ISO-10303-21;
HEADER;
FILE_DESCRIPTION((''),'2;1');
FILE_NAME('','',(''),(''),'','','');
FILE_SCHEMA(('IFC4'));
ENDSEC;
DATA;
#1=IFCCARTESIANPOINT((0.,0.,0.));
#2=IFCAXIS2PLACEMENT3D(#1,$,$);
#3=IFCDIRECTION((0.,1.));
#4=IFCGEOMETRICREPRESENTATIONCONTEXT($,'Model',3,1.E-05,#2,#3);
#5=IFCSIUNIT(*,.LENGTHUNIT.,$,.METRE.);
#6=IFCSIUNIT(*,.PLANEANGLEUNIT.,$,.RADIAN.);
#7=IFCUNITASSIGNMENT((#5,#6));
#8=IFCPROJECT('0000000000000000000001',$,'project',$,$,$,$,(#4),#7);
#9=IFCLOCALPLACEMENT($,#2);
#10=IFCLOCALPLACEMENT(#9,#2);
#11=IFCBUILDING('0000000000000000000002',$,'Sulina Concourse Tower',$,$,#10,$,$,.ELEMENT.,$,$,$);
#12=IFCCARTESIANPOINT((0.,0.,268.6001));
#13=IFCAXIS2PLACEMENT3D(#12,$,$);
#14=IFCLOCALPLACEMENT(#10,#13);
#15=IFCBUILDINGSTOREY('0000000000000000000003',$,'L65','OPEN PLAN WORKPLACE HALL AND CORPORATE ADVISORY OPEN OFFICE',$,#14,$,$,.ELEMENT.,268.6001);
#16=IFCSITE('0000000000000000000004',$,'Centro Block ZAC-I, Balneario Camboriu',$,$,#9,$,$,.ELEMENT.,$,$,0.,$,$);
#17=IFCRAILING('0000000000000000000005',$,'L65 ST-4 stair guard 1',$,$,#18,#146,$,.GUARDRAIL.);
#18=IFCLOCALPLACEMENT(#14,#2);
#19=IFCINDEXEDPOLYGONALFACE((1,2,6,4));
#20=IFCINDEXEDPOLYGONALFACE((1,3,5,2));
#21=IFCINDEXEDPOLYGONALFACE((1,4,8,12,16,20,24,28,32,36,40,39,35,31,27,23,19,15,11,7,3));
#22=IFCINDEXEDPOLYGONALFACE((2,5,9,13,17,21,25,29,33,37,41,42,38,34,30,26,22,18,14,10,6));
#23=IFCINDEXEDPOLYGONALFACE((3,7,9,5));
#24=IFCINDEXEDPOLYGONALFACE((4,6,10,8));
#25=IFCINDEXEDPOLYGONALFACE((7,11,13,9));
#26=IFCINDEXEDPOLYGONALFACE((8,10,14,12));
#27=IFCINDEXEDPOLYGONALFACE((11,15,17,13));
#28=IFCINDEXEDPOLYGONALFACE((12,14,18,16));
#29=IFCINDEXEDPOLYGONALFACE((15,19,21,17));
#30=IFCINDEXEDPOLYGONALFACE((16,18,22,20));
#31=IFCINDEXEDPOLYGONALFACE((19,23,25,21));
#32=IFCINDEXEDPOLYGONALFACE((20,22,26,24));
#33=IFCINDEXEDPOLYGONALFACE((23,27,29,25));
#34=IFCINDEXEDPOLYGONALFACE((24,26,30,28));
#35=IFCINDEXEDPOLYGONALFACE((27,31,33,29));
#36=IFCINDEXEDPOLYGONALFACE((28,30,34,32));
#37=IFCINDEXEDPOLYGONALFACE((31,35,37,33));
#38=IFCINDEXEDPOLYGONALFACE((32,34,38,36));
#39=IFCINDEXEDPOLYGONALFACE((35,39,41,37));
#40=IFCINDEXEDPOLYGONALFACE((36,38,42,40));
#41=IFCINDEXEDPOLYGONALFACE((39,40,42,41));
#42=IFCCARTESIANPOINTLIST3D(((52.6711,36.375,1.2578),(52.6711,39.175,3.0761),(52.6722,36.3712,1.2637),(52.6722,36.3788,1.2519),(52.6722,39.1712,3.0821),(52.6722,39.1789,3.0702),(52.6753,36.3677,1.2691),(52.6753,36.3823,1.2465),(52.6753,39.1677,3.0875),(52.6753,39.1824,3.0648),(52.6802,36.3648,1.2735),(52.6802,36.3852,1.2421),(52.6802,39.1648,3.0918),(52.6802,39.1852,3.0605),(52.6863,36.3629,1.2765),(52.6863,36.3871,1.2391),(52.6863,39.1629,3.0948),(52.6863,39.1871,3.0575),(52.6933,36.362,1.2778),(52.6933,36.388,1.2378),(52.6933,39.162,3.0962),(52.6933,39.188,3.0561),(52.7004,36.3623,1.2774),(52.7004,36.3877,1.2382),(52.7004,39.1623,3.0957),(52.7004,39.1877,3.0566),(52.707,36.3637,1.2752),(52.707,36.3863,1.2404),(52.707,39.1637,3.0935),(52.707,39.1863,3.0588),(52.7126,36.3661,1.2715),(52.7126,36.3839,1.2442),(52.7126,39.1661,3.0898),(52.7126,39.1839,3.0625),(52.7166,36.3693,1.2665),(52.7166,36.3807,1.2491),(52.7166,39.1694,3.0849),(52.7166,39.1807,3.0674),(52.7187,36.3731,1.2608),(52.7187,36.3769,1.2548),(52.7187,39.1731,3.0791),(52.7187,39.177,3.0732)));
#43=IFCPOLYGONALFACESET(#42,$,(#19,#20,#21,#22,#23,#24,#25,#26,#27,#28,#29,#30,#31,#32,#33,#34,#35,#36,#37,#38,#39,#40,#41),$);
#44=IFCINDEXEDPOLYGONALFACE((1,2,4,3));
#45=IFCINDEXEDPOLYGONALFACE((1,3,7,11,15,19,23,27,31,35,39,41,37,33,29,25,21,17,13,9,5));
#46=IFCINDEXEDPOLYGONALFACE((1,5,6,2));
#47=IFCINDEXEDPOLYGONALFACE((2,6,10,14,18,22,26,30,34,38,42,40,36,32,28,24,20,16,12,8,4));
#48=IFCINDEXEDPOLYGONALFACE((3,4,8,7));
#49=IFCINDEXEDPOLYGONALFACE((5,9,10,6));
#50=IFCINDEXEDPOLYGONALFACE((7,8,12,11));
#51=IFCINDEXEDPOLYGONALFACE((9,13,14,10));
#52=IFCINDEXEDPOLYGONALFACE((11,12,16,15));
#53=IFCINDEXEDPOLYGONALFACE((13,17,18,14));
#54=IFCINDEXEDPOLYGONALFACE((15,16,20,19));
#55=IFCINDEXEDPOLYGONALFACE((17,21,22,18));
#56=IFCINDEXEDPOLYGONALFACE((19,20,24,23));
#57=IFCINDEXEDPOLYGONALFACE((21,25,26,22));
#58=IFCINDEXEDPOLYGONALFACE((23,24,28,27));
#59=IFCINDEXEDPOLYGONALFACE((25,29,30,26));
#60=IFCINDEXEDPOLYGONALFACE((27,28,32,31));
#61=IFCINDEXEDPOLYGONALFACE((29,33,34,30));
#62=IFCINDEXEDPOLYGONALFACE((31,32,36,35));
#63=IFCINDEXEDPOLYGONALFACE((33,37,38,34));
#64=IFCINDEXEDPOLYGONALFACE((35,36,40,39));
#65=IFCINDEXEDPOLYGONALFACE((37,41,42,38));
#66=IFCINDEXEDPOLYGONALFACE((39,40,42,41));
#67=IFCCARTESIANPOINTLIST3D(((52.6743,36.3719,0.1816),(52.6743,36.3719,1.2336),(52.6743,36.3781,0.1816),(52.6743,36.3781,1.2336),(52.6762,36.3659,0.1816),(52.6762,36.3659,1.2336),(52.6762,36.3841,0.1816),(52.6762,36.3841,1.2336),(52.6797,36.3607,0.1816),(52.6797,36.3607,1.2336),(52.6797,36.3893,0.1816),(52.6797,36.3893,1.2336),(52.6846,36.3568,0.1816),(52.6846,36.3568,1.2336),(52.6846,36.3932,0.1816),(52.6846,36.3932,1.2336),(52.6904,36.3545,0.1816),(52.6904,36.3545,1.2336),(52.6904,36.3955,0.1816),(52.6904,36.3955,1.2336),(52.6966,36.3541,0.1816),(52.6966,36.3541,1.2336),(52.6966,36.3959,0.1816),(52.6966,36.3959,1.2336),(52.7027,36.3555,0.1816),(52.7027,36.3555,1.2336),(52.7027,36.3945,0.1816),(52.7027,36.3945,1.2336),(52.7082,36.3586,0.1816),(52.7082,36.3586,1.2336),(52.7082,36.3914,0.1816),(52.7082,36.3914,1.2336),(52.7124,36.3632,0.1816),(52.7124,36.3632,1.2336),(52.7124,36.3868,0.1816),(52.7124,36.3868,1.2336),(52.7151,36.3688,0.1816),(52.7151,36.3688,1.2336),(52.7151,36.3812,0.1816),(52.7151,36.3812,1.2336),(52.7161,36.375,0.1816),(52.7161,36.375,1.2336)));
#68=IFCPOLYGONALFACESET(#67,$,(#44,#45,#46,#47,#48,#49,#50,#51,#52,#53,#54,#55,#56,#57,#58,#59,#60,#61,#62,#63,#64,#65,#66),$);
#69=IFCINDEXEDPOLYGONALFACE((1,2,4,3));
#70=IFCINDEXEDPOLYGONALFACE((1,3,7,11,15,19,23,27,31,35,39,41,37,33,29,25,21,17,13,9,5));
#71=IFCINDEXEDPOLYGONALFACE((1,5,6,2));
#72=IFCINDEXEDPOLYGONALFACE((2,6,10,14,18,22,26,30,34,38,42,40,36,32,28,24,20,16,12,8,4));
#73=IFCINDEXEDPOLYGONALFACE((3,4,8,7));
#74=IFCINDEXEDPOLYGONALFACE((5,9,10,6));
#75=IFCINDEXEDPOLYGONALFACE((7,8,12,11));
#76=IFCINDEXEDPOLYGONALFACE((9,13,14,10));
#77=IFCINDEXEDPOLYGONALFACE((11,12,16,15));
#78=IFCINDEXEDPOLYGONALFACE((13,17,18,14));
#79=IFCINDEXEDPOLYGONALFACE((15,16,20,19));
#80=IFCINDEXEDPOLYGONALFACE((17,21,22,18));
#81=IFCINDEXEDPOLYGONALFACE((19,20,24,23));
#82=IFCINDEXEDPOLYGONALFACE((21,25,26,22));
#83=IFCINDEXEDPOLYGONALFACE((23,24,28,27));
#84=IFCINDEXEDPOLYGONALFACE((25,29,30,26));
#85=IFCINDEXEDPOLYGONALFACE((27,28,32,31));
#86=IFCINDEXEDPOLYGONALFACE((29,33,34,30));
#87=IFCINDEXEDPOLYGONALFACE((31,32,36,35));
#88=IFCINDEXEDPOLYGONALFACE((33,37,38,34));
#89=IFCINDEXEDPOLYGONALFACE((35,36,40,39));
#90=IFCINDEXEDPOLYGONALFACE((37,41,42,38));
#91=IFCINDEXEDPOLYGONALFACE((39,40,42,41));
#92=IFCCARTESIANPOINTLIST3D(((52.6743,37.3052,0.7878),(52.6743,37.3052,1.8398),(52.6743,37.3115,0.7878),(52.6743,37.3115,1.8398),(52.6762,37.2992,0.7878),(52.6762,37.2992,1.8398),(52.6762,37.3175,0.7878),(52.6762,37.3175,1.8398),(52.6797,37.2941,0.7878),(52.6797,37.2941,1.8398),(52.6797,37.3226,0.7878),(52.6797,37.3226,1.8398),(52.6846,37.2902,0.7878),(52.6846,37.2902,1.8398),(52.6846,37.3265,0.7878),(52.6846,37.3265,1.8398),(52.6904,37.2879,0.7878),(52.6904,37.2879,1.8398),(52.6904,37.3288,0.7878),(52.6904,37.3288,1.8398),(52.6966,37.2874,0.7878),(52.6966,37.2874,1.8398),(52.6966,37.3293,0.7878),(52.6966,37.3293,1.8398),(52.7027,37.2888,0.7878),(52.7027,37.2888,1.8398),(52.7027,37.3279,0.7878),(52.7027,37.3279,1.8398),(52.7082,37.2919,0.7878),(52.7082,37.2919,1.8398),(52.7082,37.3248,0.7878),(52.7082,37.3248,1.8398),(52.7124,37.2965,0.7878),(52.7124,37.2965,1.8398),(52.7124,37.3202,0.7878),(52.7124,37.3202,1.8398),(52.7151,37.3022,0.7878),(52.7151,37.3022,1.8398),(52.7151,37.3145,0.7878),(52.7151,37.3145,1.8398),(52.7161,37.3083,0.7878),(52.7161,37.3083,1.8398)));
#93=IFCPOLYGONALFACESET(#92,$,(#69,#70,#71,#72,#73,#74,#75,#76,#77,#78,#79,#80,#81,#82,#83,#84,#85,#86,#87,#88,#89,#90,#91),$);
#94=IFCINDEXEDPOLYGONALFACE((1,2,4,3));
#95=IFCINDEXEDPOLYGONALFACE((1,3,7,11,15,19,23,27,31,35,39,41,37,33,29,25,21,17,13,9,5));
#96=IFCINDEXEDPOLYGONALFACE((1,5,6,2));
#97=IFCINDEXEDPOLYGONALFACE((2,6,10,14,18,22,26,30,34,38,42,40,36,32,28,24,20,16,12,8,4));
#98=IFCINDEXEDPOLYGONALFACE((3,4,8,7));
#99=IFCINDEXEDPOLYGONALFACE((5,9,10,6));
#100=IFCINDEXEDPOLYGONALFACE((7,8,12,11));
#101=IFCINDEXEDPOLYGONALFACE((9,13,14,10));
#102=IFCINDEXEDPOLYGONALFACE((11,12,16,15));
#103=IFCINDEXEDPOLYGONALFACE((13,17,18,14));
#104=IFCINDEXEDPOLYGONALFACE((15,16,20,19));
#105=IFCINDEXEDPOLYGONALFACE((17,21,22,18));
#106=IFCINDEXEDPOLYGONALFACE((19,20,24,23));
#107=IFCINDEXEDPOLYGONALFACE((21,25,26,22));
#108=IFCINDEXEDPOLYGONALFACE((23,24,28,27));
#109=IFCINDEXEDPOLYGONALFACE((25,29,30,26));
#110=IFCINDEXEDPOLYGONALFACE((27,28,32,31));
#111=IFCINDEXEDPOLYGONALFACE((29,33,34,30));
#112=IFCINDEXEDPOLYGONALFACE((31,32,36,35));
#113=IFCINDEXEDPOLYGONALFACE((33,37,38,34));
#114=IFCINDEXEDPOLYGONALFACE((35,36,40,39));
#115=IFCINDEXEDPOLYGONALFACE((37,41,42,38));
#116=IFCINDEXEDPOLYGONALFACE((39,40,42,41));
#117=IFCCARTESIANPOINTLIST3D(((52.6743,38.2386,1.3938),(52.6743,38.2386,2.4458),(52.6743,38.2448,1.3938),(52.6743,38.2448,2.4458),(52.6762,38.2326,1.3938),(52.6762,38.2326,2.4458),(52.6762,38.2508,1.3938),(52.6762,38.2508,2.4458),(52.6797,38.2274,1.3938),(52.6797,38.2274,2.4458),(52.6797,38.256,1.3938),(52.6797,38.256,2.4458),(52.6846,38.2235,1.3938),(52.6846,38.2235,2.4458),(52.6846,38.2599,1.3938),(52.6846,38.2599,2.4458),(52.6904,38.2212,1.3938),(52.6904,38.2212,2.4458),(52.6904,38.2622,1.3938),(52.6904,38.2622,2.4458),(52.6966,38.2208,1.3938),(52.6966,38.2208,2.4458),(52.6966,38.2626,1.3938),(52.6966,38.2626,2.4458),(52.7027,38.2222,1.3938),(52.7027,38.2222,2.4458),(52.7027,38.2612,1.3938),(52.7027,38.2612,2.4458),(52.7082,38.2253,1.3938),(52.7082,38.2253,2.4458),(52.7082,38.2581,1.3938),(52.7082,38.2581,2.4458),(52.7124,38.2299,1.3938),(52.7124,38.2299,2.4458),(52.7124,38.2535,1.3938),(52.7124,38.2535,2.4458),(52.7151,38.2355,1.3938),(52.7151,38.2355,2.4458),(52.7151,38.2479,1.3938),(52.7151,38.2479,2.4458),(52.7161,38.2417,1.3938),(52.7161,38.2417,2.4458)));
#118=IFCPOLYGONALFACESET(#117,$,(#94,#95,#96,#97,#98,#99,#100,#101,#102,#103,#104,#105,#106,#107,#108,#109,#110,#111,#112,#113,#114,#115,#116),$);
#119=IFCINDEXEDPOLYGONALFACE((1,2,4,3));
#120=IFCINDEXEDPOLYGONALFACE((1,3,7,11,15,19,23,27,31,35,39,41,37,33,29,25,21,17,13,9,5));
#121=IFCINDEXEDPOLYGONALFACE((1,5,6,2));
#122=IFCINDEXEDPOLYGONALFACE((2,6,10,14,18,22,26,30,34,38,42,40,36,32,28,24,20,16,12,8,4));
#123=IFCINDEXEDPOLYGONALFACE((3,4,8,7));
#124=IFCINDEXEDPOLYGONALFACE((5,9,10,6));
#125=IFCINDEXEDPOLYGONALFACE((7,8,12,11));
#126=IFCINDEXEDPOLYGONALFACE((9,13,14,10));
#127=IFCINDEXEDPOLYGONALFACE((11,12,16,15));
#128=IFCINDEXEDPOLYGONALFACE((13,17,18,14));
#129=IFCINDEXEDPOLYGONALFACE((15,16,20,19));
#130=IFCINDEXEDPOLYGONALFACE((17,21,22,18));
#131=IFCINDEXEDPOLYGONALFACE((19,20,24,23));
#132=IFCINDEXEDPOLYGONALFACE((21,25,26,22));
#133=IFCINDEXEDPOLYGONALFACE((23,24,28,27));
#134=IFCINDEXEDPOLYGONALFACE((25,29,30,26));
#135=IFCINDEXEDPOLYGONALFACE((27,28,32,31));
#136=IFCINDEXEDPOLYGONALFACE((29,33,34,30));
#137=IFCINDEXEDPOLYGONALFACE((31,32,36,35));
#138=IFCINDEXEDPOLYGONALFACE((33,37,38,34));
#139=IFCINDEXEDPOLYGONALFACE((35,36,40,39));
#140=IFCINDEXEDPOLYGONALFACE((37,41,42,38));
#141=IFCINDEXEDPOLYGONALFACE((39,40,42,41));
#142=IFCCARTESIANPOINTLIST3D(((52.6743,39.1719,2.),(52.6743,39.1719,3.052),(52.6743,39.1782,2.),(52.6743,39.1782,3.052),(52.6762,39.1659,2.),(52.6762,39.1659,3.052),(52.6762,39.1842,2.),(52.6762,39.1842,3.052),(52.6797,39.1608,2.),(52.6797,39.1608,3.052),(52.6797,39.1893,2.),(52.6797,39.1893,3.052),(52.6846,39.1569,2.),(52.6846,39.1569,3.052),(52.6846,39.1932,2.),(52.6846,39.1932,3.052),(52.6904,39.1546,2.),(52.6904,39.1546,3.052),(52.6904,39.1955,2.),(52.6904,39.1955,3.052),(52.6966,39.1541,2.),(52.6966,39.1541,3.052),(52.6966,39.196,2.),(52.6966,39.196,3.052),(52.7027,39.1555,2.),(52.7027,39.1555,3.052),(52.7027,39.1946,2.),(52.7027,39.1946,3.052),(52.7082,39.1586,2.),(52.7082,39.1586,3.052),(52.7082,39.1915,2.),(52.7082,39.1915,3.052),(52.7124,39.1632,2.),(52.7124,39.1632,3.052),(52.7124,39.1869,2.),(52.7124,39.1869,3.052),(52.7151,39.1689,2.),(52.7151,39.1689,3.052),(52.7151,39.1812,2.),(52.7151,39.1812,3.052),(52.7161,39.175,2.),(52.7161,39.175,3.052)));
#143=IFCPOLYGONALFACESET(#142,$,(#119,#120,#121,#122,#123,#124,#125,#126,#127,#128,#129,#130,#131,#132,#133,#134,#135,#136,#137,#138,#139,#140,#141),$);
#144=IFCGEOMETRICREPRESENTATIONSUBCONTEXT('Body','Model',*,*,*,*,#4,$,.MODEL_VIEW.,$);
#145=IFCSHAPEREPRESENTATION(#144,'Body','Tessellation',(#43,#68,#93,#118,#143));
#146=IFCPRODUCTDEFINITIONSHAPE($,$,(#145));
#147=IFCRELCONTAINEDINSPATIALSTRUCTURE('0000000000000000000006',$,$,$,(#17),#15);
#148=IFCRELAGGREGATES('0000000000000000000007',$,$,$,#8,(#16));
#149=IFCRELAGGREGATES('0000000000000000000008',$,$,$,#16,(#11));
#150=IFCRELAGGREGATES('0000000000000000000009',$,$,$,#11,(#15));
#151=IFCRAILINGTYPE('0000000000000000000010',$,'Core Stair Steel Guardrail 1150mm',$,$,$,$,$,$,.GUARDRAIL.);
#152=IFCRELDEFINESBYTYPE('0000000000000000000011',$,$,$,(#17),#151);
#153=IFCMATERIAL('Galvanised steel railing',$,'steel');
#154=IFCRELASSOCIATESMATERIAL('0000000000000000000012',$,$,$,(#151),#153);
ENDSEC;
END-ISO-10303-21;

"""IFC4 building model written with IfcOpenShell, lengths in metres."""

from ifc_helpers import new_model, si_unit, direction, frame, origin, origin_2d, place, context, subcontext, project, spatial, circle, extrude, material, type_object, element, save


model = new_model("IFC4")

# Units and contexts
model_context = context("Model", 3, precision=1e-05, world=origin(), true_north=direction((0.0, 1.0)))
body_context = subcontext(model_context, "Body", "Model", "MODEL_VIEW")
ifc_project = project(units=[si_unit("LENGTHUNIT", "METRE"), si_unit("PLANEANGLEUNIT", "RADIAN")], contexts=[model_context])

# Site, building, storey
site_placement = place(None, origin())
site = spatial("IfcSite", under=ifc_project, at=site_placement, Name="Centro Block ZAC-I, Balneario Camboriu", CompositionType="ELEMENT", RefElevation=0.0)
building_placement = place(site_placement, origin())
building = spatial("IfcBuilding", under=site, at=building_placement, Name="Sulina Concourse Tower", CompositionType="ELEMENT")
storey_placement = place(building_placement, frame((0.0, 0.0, 268.6001)))
storey = spatial("IfcBuildingStorey", under=building, at=storey_placement, Name="L65", Description="OPEN PLAN WORKPLACE HALL AND CORPORATE ADVISORY OPEN OFFICE", CompositionType="ELEMENT", Elevation=268.6001)

# Railing
ifc_material_1 = material(Name="Galvanised steel railing", Category="steel")
railing_type_1 = type_object("IfcRailingType", Name="Core Stair Steel Guardrail 1150mm", PredefinedType="GUARDRAIL", material=ifc_material_1)
railing_1_placement = place(storey_placement, frame((52.6951, 36.375, 0.1816)))
element("IfcRailing", 1, at=railing_1_placement, inside=storey, type_object=railing_type_1, Name="L65 ST-4 stair guard 1", PredefinedType="GUARDRAIL", context=body_context, shape_type="SweptSolid", body=[
    extrude(circle(Radius=0.0239, at=origin_2d()), frame((0.0, 0.0, 1.0762), z_axis=(0.0, 0.838672, 0.544636), x_axis=(-1.0, 0.0, 0.0)), (0.0, 0.0, 1.0), 3.3386),
    extrude(circle(Radius=0.021, at=origin_2d()), origin(), (0.0, 0.0, 1.0), 1.052),
    extrude(circle(Radius=0.021, at=origin_2d()), frame((0.0, 0.9333, 0.6062)), (0.0, 0.0, 1.0), 1.052),
    extrude(circle(Radius=0.021, at=origin_2d()), frame((0.0, 1.8667, 1.2122)), (0.0, 0.0, 1.0), 1.052),
    extrude(circle(Radius=0.021, at=origin_2d()), frame((0.0, 2.8, 1.8184)), (0.0, 0.0, 1.0), 1.052),
])

save(model, "model.ifc")
